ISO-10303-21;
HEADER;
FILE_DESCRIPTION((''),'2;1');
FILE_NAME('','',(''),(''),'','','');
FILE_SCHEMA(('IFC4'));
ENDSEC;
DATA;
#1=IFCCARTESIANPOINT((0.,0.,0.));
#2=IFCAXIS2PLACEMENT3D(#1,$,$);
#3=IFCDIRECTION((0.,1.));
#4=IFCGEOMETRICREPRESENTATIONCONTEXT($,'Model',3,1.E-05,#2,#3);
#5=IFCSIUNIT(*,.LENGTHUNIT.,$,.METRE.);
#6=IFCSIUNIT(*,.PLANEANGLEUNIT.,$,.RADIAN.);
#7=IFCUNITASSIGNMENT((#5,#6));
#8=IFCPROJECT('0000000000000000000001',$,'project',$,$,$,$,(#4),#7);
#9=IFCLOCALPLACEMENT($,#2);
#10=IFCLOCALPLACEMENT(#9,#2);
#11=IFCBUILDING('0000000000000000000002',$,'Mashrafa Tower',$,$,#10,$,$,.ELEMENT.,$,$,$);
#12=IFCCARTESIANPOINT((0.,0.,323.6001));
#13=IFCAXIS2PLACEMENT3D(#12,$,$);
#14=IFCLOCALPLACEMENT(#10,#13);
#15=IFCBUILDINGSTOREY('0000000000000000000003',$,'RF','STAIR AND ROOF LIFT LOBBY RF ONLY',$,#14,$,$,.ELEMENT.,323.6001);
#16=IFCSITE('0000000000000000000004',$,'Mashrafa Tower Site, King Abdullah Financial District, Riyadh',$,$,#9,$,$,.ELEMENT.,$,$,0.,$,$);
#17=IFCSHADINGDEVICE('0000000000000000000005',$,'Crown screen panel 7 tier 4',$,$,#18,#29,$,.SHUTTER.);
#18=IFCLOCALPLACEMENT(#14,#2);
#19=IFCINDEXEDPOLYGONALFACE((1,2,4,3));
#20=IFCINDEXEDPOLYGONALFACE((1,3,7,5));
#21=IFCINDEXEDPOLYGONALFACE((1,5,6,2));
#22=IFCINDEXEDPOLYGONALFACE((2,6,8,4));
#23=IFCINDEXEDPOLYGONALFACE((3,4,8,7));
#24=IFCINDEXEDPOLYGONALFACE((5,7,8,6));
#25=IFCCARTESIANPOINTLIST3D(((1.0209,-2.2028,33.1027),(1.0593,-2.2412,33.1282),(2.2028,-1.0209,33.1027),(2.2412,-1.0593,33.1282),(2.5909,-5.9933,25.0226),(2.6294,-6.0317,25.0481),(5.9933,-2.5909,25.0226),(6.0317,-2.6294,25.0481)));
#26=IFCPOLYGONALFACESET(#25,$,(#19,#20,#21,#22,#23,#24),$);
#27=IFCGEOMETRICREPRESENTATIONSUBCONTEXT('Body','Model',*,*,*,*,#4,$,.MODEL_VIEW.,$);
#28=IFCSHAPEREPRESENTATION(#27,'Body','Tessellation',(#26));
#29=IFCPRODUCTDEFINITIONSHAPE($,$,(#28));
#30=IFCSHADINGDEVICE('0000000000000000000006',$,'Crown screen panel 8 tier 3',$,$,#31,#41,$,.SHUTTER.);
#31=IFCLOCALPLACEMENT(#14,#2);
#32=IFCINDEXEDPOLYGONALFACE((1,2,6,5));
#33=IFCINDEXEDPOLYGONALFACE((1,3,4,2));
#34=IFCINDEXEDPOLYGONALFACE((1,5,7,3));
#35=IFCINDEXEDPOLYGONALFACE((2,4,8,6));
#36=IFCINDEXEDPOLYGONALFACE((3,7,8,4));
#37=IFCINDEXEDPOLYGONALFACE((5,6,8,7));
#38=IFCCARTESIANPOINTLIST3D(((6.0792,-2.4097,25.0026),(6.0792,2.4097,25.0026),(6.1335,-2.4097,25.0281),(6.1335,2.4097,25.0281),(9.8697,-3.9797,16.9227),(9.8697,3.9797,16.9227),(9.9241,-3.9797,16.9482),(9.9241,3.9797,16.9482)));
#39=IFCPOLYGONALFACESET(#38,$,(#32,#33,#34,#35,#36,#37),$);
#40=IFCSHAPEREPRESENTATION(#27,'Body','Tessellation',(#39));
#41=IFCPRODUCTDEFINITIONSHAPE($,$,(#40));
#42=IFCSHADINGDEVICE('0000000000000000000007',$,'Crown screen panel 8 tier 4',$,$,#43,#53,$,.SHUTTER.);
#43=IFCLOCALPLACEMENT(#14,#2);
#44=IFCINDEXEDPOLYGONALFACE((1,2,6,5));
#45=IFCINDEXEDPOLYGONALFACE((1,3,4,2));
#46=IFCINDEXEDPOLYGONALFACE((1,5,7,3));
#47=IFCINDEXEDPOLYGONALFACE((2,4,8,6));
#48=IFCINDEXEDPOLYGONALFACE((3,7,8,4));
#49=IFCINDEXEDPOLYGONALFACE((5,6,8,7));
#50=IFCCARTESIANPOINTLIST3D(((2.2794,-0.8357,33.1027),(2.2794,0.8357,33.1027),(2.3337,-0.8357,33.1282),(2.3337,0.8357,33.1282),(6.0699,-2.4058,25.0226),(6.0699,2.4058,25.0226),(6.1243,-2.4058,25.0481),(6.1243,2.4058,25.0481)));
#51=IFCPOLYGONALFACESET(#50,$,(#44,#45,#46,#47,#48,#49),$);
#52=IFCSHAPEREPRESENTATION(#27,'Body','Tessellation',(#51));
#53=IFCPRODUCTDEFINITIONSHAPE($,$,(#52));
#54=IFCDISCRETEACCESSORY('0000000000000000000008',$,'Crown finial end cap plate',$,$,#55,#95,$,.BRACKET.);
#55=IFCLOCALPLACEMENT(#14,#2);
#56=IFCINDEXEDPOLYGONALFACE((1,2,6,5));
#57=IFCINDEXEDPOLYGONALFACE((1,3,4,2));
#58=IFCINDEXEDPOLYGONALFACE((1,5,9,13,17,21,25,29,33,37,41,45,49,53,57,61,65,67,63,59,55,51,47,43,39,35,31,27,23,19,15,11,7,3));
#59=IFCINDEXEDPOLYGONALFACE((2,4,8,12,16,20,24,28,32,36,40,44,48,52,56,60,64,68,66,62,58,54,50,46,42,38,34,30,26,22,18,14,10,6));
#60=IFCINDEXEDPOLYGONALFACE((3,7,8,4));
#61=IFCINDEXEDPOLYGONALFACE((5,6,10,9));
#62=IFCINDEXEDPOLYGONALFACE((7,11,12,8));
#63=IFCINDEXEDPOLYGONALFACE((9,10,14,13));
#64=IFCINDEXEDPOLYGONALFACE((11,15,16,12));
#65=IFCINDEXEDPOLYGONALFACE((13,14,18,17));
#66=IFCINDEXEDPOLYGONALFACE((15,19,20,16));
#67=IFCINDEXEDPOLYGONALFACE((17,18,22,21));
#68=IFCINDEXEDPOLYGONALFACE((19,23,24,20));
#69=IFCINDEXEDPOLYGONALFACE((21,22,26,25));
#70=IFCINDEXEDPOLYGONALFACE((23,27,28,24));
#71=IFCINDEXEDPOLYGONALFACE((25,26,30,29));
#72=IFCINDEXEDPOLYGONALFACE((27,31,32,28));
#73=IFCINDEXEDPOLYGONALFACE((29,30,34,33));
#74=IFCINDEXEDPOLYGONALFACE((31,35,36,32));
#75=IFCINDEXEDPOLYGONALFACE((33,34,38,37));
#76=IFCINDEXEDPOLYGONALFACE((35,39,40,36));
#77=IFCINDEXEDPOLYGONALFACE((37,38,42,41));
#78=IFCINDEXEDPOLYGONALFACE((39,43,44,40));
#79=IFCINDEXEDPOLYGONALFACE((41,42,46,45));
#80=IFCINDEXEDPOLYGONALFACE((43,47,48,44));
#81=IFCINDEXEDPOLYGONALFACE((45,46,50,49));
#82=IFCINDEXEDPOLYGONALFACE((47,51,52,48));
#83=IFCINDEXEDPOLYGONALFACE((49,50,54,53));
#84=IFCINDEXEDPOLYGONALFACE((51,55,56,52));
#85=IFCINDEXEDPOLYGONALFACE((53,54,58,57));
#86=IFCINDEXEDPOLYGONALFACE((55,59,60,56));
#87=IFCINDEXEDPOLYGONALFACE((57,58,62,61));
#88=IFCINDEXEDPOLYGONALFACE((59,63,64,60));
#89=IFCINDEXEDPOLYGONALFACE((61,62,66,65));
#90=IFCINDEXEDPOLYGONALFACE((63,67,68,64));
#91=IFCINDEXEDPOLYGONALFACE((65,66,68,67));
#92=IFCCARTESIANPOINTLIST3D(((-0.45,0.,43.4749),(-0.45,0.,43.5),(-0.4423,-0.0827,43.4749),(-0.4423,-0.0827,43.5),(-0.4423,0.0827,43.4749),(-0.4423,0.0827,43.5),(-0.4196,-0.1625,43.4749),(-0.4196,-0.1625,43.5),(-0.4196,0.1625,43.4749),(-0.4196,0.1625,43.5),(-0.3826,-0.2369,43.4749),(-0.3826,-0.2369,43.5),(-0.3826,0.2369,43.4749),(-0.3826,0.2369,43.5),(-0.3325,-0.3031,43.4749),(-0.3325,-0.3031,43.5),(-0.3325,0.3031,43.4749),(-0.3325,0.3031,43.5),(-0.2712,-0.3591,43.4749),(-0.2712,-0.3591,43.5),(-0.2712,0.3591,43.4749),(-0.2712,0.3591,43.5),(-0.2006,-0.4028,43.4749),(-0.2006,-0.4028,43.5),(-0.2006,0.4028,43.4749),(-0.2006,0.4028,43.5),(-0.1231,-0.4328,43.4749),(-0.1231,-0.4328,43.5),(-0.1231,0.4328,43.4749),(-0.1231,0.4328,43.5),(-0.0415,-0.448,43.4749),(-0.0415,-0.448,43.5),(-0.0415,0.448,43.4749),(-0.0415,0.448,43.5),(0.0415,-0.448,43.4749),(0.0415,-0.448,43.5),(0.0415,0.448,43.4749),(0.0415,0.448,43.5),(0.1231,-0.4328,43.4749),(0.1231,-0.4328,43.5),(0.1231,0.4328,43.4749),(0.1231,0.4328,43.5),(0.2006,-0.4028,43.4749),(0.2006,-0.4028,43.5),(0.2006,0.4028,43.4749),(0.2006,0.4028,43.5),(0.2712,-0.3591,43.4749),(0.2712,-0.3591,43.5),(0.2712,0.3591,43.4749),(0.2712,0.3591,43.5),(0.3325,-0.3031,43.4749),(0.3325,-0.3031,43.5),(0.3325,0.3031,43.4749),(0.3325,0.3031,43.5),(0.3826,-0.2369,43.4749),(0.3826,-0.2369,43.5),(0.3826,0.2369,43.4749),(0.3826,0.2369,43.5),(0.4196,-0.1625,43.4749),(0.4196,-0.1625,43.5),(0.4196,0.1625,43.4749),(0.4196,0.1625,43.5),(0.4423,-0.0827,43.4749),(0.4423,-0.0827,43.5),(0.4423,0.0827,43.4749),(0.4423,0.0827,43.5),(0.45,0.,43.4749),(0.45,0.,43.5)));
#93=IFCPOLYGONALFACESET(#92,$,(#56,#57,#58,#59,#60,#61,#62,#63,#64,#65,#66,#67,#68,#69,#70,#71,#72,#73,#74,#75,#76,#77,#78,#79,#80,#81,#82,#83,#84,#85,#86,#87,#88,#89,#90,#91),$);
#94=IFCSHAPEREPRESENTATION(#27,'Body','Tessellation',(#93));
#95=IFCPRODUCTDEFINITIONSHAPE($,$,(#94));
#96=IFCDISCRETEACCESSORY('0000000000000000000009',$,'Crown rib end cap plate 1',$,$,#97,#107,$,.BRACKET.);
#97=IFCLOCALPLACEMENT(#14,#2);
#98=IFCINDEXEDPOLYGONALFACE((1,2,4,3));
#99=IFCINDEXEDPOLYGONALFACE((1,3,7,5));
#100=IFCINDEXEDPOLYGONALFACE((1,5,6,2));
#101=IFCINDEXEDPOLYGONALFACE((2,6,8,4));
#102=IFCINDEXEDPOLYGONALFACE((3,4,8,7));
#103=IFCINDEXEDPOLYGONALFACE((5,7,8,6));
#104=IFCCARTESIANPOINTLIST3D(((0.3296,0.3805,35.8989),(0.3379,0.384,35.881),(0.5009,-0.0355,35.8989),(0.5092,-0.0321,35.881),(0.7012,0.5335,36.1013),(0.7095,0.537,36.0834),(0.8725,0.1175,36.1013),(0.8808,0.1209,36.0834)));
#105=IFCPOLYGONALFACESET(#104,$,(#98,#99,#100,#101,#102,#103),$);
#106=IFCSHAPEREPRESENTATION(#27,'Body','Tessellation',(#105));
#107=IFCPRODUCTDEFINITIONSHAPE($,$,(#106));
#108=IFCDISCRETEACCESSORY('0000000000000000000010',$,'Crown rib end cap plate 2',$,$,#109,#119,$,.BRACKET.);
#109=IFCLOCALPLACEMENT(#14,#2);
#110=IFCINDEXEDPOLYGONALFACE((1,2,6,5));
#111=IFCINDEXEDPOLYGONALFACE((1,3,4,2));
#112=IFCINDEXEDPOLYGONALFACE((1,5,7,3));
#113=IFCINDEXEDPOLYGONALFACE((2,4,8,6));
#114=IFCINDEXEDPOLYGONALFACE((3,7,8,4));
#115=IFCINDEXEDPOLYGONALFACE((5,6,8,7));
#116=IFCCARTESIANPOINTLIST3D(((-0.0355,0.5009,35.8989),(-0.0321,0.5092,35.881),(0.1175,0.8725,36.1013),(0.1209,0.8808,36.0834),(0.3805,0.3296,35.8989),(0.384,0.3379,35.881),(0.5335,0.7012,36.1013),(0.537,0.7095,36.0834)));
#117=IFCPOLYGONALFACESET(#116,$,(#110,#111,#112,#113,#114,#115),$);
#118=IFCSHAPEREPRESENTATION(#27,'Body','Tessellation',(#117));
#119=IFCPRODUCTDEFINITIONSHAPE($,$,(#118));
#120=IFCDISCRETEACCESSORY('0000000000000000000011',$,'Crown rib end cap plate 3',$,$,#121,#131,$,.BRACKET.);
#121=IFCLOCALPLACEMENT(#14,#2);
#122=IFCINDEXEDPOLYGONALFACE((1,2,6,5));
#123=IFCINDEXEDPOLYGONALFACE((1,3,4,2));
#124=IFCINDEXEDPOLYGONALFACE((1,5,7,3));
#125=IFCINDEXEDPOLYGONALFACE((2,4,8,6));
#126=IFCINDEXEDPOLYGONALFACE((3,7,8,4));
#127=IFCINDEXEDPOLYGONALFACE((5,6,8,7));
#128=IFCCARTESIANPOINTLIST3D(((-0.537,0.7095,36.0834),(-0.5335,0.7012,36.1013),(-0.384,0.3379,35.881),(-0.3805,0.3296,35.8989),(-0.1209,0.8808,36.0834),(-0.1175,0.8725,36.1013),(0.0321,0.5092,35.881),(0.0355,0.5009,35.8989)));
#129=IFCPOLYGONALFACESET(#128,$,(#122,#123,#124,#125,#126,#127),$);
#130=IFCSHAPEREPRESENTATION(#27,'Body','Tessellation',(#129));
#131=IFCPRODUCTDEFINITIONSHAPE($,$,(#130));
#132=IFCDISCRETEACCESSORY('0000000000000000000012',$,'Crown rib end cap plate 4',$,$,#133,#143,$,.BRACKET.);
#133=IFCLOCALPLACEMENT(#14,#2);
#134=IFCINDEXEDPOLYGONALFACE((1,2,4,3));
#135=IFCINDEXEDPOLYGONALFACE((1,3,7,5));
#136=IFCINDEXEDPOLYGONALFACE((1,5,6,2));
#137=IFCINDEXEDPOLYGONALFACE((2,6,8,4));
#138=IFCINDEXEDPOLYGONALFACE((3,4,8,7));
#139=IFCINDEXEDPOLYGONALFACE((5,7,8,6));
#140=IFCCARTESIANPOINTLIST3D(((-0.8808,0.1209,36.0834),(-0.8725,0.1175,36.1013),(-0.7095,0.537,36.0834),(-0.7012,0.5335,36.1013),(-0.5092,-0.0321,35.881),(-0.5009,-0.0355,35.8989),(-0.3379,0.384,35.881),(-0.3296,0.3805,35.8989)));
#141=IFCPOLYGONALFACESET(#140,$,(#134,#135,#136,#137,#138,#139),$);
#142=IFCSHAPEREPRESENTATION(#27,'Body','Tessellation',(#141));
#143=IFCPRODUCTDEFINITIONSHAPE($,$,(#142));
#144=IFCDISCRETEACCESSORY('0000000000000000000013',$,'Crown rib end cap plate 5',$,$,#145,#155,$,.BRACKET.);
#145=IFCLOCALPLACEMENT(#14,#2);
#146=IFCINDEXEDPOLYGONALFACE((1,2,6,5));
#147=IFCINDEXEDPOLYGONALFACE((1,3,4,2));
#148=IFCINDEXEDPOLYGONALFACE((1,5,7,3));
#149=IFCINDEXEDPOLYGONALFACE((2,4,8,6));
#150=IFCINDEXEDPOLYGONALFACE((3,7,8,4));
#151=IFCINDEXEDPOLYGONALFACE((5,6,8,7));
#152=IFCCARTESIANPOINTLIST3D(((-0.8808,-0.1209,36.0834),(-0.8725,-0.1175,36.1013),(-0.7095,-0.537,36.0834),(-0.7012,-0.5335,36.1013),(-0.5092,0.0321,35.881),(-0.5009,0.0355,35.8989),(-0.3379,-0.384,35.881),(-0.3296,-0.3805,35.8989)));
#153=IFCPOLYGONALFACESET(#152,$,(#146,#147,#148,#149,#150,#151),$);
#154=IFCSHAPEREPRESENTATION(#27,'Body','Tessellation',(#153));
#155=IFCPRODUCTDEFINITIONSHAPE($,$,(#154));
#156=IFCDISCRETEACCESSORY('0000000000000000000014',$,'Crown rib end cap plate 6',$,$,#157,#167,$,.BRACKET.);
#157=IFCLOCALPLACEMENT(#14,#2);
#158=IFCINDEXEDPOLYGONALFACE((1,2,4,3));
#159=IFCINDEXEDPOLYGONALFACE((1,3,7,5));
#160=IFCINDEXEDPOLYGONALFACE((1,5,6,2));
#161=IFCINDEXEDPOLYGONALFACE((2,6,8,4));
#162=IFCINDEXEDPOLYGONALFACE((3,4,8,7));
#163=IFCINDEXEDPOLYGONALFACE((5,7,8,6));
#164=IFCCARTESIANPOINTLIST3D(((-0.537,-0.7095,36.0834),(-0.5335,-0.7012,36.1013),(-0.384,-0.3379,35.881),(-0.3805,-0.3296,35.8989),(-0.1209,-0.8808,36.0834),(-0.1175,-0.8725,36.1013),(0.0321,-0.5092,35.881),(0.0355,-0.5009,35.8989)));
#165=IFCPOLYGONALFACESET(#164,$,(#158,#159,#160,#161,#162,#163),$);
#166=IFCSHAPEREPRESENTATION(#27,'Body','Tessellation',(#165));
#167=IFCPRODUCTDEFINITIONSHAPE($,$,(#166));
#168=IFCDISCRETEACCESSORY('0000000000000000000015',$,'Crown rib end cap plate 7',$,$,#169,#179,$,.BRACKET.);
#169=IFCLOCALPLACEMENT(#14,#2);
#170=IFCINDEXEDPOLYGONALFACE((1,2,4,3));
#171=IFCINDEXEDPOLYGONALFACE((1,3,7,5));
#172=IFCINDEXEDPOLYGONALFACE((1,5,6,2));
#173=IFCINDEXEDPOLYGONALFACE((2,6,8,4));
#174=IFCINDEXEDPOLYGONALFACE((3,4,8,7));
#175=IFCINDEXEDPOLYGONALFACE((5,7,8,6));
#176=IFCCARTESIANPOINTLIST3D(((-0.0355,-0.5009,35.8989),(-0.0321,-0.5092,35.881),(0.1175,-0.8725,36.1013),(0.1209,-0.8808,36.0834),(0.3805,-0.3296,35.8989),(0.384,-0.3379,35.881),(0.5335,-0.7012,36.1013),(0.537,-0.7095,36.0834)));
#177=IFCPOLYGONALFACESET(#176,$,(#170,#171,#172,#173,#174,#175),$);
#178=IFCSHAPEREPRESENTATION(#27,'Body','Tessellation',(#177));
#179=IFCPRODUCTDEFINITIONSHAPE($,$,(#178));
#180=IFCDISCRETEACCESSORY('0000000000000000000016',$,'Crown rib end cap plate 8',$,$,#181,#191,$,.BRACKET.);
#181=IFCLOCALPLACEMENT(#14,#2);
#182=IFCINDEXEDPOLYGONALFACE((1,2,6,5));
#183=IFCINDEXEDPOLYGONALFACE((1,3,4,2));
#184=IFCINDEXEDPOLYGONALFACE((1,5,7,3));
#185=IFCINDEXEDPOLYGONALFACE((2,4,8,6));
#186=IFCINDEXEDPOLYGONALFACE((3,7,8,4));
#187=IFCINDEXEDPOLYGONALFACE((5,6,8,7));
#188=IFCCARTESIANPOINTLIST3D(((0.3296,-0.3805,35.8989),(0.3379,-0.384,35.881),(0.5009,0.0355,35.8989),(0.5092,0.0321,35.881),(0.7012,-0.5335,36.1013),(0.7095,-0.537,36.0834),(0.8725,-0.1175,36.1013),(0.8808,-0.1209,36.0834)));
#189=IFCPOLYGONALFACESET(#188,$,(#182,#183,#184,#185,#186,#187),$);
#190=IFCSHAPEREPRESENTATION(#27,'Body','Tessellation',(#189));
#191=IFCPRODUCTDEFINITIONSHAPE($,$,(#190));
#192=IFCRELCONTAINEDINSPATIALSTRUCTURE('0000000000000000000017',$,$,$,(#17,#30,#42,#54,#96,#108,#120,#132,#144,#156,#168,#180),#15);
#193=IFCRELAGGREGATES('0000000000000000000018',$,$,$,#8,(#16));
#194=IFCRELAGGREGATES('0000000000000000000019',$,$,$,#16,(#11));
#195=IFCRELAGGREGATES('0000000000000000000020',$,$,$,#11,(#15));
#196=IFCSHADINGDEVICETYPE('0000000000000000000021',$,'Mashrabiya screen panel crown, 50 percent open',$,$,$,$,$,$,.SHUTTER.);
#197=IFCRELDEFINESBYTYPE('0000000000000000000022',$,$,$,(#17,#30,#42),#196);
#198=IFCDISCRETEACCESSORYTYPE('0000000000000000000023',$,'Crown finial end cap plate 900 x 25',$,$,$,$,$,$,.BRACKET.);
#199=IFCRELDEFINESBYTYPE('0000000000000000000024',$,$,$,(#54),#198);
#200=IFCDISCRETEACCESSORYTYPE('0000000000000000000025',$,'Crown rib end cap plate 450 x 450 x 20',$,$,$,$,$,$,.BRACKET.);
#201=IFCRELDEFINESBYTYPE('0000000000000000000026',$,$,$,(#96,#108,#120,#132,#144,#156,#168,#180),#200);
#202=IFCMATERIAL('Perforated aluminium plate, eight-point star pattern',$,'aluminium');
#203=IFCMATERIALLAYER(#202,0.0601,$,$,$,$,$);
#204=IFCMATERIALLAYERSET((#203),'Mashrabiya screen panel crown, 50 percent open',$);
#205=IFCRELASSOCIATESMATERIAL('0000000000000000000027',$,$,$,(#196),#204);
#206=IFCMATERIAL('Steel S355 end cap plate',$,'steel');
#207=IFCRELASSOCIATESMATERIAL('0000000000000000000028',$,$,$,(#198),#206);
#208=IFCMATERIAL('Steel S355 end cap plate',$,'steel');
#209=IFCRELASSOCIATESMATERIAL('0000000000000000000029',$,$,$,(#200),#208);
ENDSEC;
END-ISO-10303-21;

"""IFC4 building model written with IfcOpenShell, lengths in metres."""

from ifc_helpers import new_model, si_unit, direction, frame, origin, origin_2d, place, context, subcontext, project, spatial, polyline, rectangle, circle, outline, extrude, material, layer, layer_set, type_object, element, save


model = new_model("IFC4")

# Units and contexts
model_context = context("Model", 3, precision=1e-05, world=origin(), true_north=direction((0.0, 1.0)))
body_context = subcontext(model_context, "Body", "Model", "MODEL_VIEW")
ifc_project = project(units=[si_unit("LENGTHUNIT", "METRE"), si_unit("PLANEANGLEUNIT", "RADIAN")], contexts=[model_context])

# Site, building, storey
site_placement = place(None, origin())
site = spatial("IfcSite", under=ifc_project, at=site_placement, Name="Mashrafa Tower Site, King Abdullah Financial District, Riyadh", CompositionType="ELEMENT", RefElevation=0.0)
building_placement = place(site_placement, origin())
building = spatial("IfcBuilding", under=site, at=building_placement, Name="Mashrafa Tower", CompositionType="ELEMENT")
storey_placement = place(building_placement, frame((0.0, 0.0, 323.6001)))
storey = spatial("IfcBuildingStorey", under=building, at=storey_placement, Name="RF", Description="STAIR AND ROOF LIFT LOBBY RF ONLY", CompositionType="ELEMENT", Elevation=323.6001)

# Shading devices
ifc_material_1 = material(Name="Perforated aluminium plate, eight-point star pattern", Category="aluminium")
ifc_layer = layer(ifc_material_1, 0.0601)
ifc_layer_set = layer_set([ifc_layer], Name="Mashrabiya screen panel crown, 50 percent open")
shading_device_type = type_object("IfcShadingDeviceType", Name="Mashrabiya screen panel crown, 50 percent open", PredefinedType="SHUTTER", material=ifc_layer_set)
shading_device_1_placement = place(storey_placement, frame((2.6294, -6.0317, 25.0481), z_axis=(0.640165, -0.640165, 0.424707), x_axis=(0.707107, 0.707107, 0.0)))
element("IfcShadingDevice", 1, at=shading_device_1_placement, inside=storey, type_object=shading_device_type, Name="Crown screen panel 7 tier 4", PredefinedType="SHUTTER", context=body_context, shape_type="SweptSolid", body=[
    extrude(outline(polyline([(0.0, 0.0), (4.8116, 0.0), (3.2415, 8.925), (1.5701, 8.925), (0.0, 0.0)])), origin(), (0.0, 0.0, -1.0), 0.0601),
])
shading_device_2_placement = place(storey_placement, frame((9.9241, -3.9797, 16.9482), z_axis=(0.905325, 0.0, 0.424719), x_axis=(0.0, 1.0, 0.0)))
element("IfcShadingDevice", 2, at=shading_device_2_placement, inside=storey, type_object=shading_device_type, Name="Crown screen panel 8 tier 3", PredefinedType="SHUTTER", context=body_context, shape_type="SweptSolid", body=[
    extrude(outline(polyline([(0.0, 0.0), (7.9595, 0.0), (6.3894, 8.9248), (1.5701, 8.9248), (0.0, 0.0)])), origin(), (0.0, 0.0, -1.0), 0.0601),
])
shading_device_3_placement = place(storey_placement, frame((6.1243, -2.4058, 25.0481), z_axis=(0.90533, 0.0, 0.424709), x_axis=(0.0, 1.0, 0.0)))
element("IfcShadingDevice", 3, at=shading_device_3_placement, inside=storey, type_object=shading_device_type, Name="Crown screen panel 8 tier 4", PredefinedType="SHUTTER", context=body_context, shape_type="SweptSolid", body=[
    extrude(outline(polyline([(0.0, 0.0), (4.8115, 0.0), (3.2415, 8.925), (1.5701, 8.925), (0.0, 0.0)])), origin(), (0.0, 0.0, -1.0), 0.0601),
])

# Discrete accessories
ifc_material_2 = material(Name="Steel S355 end cap plate", Category="steel")
discrete_accessory_type_1 = type_object("IfcDiscreteAccessoryType", Name="Crown finial end cap plate 900 x 25", PredefinedType="BRACKET", material=ifc_material_2)
discrete_accessory_placement = place(storey_placement, frame((0.0, 0.0, 43.4749), z_axis=(0.0, 0.0, 1.0), x_axis=(1.0, 0.0, 0.0)))
element("IfcDiscreteAccessory", 4, at=discrete_accessory_placement, inside=storey, type_object=discrete_accessory_type_1, Name="Crown finial end cap plate", PredefinedType="BRACKET", context=body_context, shape_type="SweptSolid", body=[
    extrude(circle(Radius=0.45, at=origin_2d()), origin(), (0.0, 0.0, 1.0), 0.0251),
])
ifc_material_3 = material(Name="Steel S355 end cap plate", Category="steel")
discrete_accessory_type_2 = type_object("IfcDiscreteAccessoryType", Name="Crown rib end cap plate 450 x 450 x 20", PredefinedType="BRACKET", material=ifc_material_3)
for number, where, z_axis, x_axis, name in (
    (5, (0.6094, 0.2524, 35.9822), (-0.415966, -0.17128, 0.893104), (0.38075, -0.924678, 0.0), "Crown rib end cap plate 1"),
    (6, (0.2524, 0.6094, 35.9822), (-0.17128, -0.415966, 0.893104), (0.924678, -0.38075, 0.0), "Crown rib end cap plate 2"),
    (7, (-0.2524, 0.6094, 35.9822), (0.17128, -0.415966, 0.893104), (0.924678, 0.38075, 0.0), "Crown rib end cap plate 3"),
    (8, (-0.6094, 0.2524, 35.9822), (0.415966, -0.17128, 0.893104), (0.38075, 0.924678, 0.0), "Crown rib end cap plate 4"),
    (9, (-0.6094, -0.2524, 35.9822), (0.415966, 0.17128, 0.893104), (-0.38075, 0.924678, 0.0), "Crown rib end cap plate 5"),
    (10, (-0.2524, -0.6094, 35.9822), (0.17128, 0.415966, 0.893104), (-0.924678, 0.38075, 0.0), "Crown rib end cap plate 6"),
    (11, (0.2524, -0.6094, 35.9822), (-0.17128, 0.415966, 0.893104), (-0.924678, -0.38075, 0.0), "Crown rib end cap plate 7"),
    (12, (0.6094, -0.2524, 35.9822), (-0.415966, 0.17128, 0.893104), (-0.38075, -0.924678, 0.0), "Crown rib end cap plate 8"),
):
    element("IfcDiscreteAccessory", number, at=place(storey_placement, frame(where, z_axis=z_axis, x_axis=x_axis)), inside=storey, type_object=discrete_accessory_type_2, Name=name, PredefinedType="BRACKET", context=body_context, shape_type="SweptSolid", body=[
        extrude(rectangle(XDim=0.45, YDim=0.45, at=origin_2d()), origin(), (0.0, 0.0, 1.0), 0.02),
    ])

save(model, "model.ifc")
